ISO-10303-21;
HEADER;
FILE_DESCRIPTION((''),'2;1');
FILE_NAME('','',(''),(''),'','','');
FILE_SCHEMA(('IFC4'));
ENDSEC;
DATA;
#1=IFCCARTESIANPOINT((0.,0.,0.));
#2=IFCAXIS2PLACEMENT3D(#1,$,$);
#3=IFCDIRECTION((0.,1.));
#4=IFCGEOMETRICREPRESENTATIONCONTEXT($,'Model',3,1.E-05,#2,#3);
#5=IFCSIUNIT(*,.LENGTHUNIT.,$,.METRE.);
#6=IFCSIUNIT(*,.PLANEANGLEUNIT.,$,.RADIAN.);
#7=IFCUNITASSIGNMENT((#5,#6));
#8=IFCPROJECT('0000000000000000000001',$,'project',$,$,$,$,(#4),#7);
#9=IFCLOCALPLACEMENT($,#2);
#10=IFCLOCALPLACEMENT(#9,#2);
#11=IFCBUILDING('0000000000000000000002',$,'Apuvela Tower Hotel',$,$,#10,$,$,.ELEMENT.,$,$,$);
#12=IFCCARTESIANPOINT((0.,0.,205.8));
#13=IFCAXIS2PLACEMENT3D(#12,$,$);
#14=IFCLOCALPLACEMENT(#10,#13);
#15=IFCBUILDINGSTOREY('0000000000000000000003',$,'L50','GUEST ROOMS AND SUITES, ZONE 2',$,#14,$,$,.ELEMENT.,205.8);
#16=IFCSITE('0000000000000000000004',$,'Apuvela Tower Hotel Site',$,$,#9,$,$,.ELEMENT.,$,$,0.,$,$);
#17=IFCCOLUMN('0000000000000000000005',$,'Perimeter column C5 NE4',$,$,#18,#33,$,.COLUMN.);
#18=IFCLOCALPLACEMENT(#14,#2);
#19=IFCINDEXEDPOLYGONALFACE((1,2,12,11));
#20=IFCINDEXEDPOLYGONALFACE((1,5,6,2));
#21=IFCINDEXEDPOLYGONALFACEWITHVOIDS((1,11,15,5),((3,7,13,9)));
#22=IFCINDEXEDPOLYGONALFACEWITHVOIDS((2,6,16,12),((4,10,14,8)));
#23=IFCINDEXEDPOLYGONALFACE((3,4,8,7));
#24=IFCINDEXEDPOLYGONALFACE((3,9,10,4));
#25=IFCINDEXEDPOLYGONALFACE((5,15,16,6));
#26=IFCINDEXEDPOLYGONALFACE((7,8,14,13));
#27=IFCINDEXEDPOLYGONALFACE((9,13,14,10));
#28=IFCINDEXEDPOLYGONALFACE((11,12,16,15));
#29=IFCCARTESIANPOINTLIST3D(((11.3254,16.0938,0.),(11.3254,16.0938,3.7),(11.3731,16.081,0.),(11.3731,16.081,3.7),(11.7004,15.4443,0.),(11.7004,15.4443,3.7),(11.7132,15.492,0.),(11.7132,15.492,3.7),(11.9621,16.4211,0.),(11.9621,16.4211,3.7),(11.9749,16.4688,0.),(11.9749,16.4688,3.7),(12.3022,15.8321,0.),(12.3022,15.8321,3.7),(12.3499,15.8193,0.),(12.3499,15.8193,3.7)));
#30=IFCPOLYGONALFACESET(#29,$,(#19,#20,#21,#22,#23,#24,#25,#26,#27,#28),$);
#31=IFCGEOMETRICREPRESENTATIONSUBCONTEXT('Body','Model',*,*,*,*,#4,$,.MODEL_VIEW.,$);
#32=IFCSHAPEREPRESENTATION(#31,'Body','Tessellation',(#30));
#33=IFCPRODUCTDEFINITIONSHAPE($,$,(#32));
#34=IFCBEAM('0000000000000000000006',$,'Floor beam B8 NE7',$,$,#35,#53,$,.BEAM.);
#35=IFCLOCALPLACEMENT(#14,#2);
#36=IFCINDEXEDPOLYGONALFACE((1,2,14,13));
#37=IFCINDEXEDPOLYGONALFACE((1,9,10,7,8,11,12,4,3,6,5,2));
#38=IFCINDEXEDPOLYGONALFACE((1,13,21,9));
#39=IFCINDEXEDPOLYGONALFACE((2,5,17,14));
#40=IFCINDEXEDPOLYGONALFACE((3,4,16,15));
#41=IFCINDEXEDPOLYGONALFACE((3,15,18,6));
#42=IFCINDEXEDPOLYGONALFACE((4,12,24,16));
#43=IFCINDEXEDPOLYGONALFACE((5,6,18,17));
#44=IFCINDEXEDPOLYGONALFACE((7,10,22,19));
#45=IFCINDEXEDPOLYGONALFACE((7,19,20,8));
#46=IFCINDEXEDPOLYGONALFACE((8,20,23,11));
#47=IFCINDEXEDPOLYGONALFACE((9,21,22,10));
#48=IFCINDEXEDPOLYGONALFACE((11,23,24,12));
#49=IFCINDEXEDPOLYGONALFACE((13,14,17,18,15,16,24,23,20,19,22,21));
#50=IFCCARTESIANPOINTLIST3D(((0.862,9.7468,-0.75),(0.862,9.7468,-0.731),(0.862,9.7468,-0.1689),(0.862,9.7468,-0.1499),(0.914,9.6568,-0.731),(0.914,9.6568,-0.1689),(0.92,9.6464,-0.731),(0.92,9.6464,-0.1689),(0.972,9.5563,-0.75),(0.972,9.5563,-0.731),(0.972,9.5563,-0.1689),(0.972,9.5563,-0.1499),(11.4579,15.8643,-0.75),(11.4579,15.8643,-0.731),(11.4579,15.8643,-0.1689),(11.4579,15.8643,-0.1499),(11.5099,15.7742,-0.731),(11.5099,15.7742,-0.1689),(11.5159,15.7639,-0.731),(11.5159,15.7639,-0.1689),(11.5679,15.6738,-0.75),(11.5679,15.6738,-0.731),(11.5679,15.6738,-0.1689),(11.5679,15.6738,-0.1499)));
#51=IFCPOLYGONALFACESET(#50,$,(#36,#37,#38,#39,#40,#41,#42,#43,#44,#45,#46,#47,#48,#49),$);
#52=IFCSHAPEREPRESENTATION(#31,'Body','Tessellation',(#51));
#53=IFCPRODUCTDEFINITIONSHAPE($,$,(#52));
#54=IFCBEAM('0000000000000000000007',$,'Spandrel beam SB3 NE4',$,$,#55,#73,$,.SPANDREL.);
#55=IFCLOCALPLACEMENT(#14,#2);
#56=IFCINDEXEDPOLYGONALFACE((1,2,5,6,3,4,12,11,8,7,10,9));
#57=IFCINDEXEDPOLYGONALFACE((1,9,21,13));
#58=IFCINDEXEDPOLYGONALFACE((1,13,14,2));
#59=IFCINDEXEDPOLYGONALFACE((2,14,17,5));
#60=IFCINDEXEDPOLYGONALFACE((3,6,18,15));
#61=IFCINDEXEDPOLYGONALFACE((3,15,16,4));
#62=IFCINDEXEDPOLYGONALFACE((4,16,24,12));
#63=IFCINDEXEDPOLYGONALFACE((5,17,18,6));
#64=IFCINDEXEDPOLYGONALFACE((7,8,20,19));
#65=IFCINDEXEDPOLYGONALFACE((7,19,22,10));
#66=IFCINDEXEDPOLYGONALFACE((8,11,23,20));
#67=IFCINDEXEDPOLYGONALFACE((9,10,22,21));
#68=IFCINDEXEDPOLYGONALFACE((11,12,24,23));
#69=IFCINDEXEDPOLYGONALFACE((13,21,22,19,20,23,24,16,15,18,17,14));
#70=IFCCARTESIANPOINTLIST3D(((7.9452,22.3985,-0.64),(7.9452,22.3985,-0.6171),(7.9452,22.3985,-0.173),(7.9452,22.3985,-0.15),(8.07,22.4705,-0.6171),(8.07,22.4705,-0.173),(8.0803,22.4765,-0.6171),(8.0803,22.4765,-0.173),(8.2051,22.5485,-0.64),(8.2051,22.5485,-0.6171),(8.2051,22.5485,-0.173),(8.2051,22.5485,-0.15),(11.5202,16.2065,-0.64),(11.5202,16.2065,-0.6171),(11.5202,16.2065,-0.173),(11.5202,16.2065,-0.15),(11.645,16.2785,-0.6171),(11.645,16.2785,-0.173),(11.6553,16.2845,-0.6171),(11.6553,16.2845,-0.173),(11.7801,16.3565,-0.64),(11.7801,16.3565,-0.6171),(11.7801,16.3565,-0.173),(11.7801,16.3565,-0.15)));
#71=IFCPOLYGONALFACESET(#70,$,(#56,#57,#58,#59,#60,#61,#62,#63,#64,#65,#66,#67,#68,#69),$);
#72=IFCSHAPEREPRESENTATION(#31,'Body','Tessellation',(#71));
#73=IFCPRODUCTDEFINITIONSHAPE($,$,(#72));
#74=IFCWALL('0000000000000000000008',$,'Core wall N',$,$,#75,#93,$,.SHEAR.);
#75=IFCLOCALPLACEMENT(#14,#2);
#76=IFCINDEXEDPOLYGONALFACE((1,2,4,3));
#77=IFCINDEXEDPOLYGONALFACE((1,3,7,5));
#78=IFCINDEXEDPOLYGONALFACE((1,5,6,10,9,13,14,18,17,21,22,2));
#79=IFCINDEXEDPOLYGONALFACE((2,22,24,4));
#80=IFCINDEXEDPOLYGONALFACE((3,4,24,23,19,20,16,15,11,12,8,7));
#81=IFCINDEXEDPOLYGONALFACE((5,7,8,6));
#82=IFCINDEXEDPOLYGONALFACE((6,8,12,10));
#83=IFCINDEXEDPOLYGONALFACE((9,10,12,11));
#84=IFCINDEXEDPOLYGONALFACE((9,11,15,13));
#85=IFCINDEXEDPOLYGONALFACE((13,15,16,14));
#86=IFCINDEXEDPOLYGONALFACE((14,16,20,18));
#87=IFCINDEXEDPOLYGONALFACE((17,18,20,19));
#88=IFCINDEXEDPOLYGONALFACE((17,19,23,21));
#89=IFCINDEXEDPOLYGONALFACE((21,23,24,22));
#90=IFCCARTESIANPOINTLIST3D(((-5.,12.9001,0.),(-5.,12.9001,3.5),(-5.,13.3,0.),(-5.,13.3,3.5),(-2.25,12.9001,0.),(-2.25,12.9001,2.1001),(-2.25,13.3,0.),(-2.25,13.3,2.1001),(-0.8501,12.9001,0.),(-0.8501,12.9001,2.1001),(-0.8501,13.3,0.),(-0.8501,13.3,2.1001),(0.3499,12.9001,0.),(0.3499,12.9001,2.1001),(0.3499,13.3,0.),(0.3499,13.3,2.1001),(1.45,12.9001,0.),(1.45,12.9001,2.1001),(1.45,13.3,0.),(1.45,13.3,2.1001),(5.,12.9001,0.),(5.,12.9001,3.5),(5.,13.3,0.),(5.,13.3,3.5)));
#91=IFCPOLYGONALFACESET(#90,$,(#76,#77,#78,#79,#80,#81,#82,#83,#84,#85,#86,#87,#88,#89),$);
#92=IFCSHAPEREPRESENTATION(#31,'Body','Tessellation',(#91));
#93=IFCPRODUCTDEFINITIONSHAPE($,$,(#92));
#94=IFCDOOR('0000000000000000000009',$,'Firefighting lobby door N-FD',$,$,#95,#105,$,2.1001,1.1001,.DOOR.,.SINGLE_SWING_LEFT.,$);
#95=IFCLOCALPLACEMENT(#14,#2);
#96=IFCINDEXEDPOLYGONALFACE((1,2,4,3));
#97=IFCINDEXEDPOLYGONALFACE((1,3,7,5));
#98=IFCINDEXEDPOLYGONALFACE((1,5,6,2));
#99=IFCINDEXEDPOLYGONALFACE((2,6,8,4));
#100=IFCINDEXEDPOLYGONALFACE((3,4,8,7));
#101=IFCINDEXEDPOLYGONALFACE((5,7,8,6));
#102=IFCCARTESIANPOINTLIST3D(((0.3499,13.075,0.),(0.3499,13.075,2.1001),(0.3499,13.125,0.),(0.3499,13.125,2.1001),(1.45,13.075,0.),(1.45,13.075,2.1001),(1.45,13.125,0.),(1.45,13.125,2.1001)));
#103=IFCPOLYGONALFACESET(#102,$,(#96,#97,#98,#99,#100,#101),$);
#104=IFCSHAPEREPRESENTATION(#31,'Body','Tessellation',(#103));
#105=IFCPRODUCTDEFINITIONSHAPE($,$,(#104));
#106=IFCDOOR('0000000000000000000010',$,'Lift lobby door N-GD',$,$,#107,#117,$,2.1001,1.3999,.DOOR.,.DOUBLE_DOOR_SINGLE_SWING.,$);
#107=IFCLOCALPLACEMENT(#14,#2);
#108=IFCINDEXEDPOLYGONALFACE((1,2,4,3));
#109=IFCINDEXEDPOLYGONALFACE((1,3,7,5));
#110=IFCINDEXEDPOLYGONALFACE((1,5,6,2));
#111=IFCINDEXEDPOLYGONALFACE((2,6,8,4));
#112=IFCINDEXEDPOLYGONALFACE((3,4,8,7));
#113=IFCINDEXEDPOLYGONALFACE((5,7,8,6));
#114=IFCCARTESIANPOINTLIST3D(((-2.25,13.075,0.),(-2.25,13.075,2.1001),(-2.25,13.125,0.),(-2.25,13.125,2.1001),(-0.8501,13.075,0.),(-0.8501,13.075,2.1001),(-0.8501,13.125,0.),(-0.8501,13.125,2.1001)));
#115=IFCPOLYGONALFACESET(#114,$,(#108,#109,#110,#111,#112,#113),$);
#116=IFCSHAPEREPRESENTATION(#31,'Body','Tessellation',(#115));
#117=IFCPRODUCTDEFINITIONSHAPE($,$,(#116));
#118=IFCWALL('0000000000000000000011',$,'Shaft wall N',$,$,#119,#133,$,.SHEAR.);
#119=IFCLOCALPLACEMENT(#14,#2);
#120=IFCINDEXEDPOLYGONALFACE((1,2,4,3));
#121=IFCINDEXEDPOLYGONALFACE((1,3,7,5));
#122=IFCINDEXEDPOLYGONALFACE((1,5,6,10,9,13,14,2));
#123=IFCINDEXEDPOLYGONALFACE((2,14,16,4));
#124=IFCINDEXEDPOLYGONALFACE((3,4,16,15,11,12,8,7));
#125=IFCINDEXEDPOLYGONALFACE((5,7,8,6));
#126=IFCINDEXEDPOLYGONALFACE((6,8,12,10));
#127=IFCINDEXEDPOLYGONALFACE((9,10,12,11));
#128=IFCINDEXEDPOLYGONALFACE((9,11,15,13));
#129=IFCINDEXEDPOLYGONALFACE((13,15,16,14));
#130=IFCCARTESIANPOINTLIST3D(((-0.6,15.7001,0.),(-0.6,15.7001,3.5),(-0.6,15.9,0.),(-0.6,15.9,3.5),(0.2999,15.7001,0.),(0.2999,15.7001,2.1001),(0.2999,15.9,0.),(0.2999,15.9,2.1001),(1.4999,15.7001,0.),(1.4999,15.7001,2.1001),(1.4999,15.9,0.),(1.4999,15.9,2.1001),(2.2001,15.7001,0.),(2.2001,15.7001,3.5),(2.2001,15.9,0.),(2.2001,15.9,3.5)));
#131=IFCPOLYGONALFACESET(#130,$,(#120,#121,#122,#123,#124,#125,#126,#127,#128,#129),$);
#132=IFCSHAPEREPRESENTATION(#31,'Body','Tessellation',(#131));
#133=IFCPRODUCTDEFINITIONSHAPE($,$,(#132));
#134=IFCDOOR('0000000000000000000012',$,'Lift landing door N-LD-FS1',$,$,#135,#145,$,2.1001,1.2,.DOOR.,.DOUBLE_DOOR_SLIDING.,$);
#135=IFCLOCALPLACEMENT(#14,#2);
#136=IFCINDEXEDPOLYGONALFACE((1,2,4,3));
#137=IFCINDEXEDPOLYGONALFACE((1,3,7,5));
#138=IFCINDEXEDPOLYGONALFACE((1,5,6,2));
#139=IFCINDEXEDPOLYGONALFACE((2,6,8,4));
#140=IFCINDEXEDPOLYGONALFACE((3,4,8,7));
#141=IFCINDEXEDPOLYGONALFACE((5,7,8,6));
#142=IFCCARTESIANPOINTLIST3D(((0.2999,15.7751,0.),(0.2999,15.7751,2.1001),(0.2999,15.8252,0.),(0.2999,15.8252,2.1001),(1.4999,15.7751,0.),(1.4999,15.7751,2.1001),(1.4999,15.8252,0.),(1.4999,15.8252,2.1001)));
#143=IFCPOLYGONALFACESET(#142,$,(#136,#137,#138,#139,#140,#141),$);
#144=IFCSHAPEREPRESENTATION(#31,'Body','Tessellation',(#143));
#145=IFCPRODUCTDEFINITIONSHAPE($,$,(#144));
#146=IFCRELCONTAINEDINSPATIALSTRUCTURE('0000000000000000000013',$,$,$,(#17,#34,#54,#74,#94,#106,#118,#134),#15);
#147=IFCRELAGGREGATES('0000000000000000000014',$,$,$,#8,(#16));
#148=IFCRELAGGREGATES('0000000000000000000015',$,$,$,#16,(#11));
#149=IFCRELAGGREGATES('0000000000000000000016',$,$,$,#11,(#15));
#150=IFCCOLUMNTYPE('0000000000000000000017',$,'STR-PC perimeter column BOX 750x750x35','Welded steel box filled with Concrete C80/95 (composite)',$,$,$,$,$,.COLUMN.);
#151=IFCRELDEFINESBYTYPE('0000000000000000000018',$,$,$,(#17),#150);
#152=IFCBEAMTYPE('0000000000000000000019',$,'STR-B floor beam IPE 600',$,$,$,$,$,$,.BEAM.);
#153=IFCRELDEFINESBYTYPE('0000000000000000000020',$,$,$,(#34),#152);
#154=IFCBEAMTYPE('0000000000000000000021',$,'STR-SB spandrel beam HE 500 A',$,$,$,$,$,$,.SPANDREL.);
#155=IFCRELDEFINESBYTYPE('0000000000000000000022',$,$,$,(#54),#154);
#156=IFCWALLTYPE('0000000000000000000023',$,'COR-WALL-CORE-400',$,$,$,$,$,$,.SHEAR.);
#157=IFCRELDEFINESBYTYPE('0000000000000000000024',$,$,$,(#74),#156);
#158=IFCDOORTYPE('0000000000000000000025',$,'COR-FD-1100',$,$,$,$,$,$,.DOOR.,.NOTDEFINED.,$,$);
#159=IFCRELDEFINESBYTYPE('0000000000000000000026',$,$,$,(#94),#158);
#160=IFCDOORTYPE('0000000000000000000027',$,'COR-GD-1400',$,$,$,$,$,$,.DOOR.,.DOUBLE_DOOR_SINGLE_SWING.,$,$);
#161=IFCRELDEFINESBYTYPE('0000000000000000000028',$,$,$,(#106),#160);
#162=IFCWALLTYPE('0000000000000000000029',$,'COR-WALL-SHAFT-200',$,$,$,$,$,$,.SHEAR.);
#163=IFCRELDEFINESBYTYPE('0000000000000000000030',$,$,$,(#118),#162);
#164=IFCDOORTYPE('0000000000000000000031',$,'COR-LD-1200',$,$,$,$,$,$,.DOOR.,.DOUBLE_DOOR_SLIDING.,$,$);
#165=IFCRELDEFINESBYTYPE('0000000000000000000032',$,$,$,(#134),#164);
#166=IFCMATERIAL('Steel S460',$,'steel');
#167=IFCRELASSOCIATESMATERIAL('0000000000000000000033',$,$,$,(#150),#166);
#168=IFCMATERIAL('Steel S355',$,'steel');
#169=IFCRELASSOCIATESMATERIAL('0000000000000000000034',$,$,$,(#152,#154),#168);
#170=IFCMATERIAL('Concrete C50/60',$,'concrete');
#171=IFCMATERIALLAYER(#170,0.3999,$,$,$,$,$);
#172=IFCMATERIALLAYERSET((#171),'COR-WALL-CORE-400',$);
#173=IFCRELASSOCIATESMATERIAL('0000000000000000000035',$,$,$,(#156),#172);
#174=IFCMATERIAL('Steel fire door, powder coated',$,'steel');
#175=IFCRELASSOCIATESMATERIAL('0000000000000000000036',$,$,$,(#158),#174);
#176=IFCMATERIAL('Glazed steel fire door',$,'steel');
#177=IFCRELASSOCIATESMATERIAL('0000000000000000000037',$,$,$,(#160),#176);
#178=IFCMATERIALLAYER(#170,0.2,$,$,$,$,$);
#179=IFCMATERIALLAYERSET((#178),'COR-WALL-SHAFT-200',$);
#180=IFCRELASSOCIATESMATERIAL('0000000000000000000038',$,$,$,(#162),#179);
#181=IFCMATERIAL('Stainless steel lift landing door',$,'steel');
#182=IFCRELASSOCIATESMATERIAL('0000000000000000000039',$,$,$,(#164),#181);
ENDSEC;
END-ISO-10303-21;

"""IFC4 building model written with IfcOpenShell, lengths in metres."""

from ifc_helpers import new_model, si_unit, direction, frame, frame_2d, origin, origin_2d, place, context, subcontext, project, spatial, rectangle, hollow_rectangle, i_section, extrude, material, layer, layer_set, material_profile, profile_set, type_object, element, fill, save


model = new_model("IFC4")

# Units and contexts
model_context = context("Model", 3, precision=1e-05, world=origin(), true_north=direction((0.0, 1.0)))
body_context = subcontext(model_context, "Body", "Model", "MODEL_VIEW")
ifc_project = project(units=[si_unit("LENGTHUNIT", "METRE"), si_unit("PLANEANGLEUNIT", "RADIAN")], contexts=[model_context])

# Site, building, storey
site_placement = place(None, origin())
site = spatial("IfcSite", under=ifc_project, at=site_placement, Name="Apuvela Tower Hotel Site", CompositionType="ELEMENT", RefElevation=0.0)
building_placement = place(site_placement, origin())
building = spatial("IfcBuilding", under=site, at=building_placement, Name="Apuvela Tower Hotel", CompositionType="ELEMENT")
storey_placement = place(building_placement, frame((0.0, 0.0, 205.8)))
storey = spatial("IfcBuildingStorey", under=building, at=storey_placement, Name="L50", Description="GUEST ROOMS AND SUITES, ZONE 2", CompositionType="ELEMENT", Elevation=205.8)

# Column
ifc_material_1 = material(Name="Steel S460", Category="steel")
ifc_material_profile_1 = material_profile(ifc_material_1, hollow_rectangle(XDim=0.75, YDim=0.75, WallThickness=0.0349, at=origin_2d()), Name="BOX 750x750x35")
ifc_material_2 = material(Name="Concrete C80/95", Category="concrete")
ifc_material_profile_2 = material_profile(ifc_material_2, rectangle(XDim=0.6799, YDim=0.6799, at=origin_2d()), Name="Concrete C80/95 infill")
ifc_profile_set_1 = profile_set([ifc_material_profile_1, ifc_material_profile_2], Name="Steel S460")
column_type = type_object("IfcColumnType", Name="STR-PC perimeter column BOX 750x750x35", Description="Welded steel box filled with Concrete C80/95 (composite)", PredefinedType="COLUMN", material=ifc_profile_set_1)
column_placement = place(storey_placement, frame((11.8376, 15.9565, 0.0), z_axis=(0.0, 0.0, 1.0), x_axis=(-0.5, 0.866025, 0.0)))
element("IfcColumn", 1, at=column_placement, inside=storey, type_object=column_type, Name="Perimeter column C5 NE4", PredefinedType="COLUMN", context=body_context, shape_type="SweptSolid", body=[
    extrude(hollow_rectangle(XDim=0.75, YDim=0.75, WallThickness=0.0349, at=origin_2d()), origin(), (0.0, 0.0, 1.0), 3.7),
])

# Beams
ifc_material_3 = material(Name="Steel S355", Category="steel")
ifc_material_profile_3 = material_profile(ifc_material_3, i_section(OverallWidth=0.22, OverallDepth=0.6001, WebThickness=0.012, FlangeThickness=0.019, at=origin_2d()), Name="IPE 600")
ifc_profile_set_2 = profile_set([ifc_material_profile_3], Name="Steel S355")
beam_type_1 = type_object("IfcBeamType", Name="STR-B floor beam IPE 600", PredefinedType="BEAM", material=ifc_profile_set_2)
beam_1_placement = place(storey_placement, frame((11.5129, 15.769, -0.45), z_axis=(-0.86603, -0.499991, 0.0), x_axis=(0.499991, -0.86603, 0.0)))
element("IfcBeam", 2, at=beam_1_placement, inside=storey, type_object=beam_type_1, Name="Floor beam B8 NE7", PredefinedType="BEAM", context=body_context, shape_type="SweptSolid", body=[
    extrude(i_section(OverallWidth=0.22, OverallDepth=0.6001, WebThickness=0.012, FlangeThickness=0.019, at=origin_2d()), origin(), (0.0, 0.0, 1.0), 12.2351),
])
ifc_material_profile_4 = material_profile(ifc_material_3, i_section(OverallWidth=0.3, OverallDepth=0.49, WebThickness=0.012, FlangeThickness=0.0229, at=origin_2d()), Name="HE 500 A")
ifc_profile_set_3 = profile_set([ifc_material_profile_4], Name="Steel S355")
beam_type_2 = type_object("IfcBeamType", Name="STR-SB spandrel beam HE 500 A", PredefinedType="SPANDREL", material=ifc_profile_set_3)
beam_2_placement = place(storey_placement, frame((11.6501, 16.2815, -0.395), z_axis=(-0.500006, 0.866022, 0.0), x_axis=(-0.866022, -0.500006, 0.0)))
element("IfcBeam", 3, at=beam_2_placement, inside=storey, type_object=beam_type_2, Name="Spandrel beam SB3 NE4", PredefinedType="SPANDREL", context=body_context, shape_type="SweptSolid", body=[
    extrude(i_section(OverallWidth=0.3, OverallDepth=0.49, WebThickness=0.012, FlangeThickness=0.0229, at=origin_2d()), origin(), (0.0, 0.0, 1.0), 7.1499),
])

# Wall, openings, doors
ifc_material_4 = material(Name="Concrete C50/60", Category="concrete")
ifc_layer_1 = layer(ifc_material_4, 0.3999)
ifc_layer_set_1 = layer_set([ifc_layer_1], Name="COR-WALL-CORE-400")
wall_type_1 = type_object("IfcWallType", Name="COR-WALL-CORE-400", PredefinedType="SHEAR", material=ifc_layer_set_1)
wall_1_placement = place(storey_placement, frame((5.0, 13.1001, 0.0), z_axis=(0.0, 0.0, 1.0), x_axis=(-1.0, 0.0, 0.0)))
wall_1 = element("IfcWall", 4, at=wall_1_placement, inside=storey, type_object=wall_type_1, Name="Core wall N", PredefinedType="SHEAR", context=body_context, shape_type="SweptSolid", body=[
    extrude(rectangle(XDim=10.0, YDim=0.3999, at=frame_2d((5.0, 0.0))), origin(), (0.0, 0.0, 1.0), 3.5),
])
opening_1_placement = place(wall_1_placement, frame((3.55, 0.0, 0.0)))
opening_1 = element("IfcOpeningElement", 5, at=opening_1_placement, cuts=wall_1, PredefinedType="OPENING", context=body_context, shape_type="SweptSolid", body=[
    extrude(rectangle(XDim=1.1001, YDim=2.1001, at=frame_2d((0.55, 1.05))), frame((0.0, 0.21, 0.0), z_axis=(0.0, -1.0, 0.0), x_axis=(1.0, 0.0, 0.0)), (0.0, 0.0, 1.0), 0.4199),
])
opening_2_placement = place(wall_1_placement, frame((5.8501, 0.0, 0.0)))
opening_2 = element("IfcOpeningElement", 6, at=opening_2_placement, cuts=wall_1, PredefinedType="OPENING", context=body_context, shape_type="SweptSolid", body=[
    extrude(rectangle(XDim=1.3999, YDim=2.1001, at=frame_2d((0.7, 1.05))), frame((0.0, 0.21, 0.0), z_axis=(0.0, -1.0, 0.0), x_axis=(1.0, 0.0, 0.0)), (0.0, 0.0, 1.0), 0.4199),
])
ifc_material_5 = material(Name="Steel fire door, powder coated", Category="steel")
door_type_1 = type_object("IfcDoorType", Name="COR-FD-1100", OperationType="NOTDEFINED", PredefinedType="DOOR", material=ifc_material_5)
door_1_placement = place(opening_1_placement, frame((1.1001, 0.0, 0.0), z_axis=(0.0, 0.0, 1.0), x_axis=(-1.0, 0.0, 0.0)))
door_1 = element("IfcDoor", 7, at=door_1_placement, inside=storey, type_object=door_type_1, Name="Firefighting lobby door N-FD", OperationType="SINGLE_SWING_LEFT", OverallHeight=2.1001, OverallWidth=1.1001, PredefinedType="DOOR", context=body_context, shape_type="SweptSolid", body=[
    extrude(rectangle(XDim=1.1001, YDim=2.1001, at=frame_2d((0.55, 1.05))), frame((0.0, 0.0249, 0.0), z_axis=(0.0, -1.0, 0.0), x_axis=(1.0, 0.0, 0.0)), (0.0, 0.0, 1.0), 0.05),
])
fill(opening_1, door_1)
ifc_material_6 = material(Name="Glazed steel fire door", Category="steel")
door_type_2 = type_object("IfcDoorType", Name="COR-GD-1400", OperationType="DOUBLE_DOOR_SINGLE_SWING", PredefinedType="DOOR", material=ifc_material_6)
door_2_placement = place(opening_2_placement, frame((1.3999, 0.0, 0.0), z_axis=(0.0, 0.0, 1.0), x_axis=(-1.0, 0.0, 0.0)))
door_2 = element("IfcDoor", 8, at=door_2_placement, inside=storey, type_object=door_type_2, Name="Lift lobby door N-GD", OperationType="DOUBLE_DOOR_SINGLE_SWING", OverallHeight=2.1001, OverallWidth=1.3999, PredefinedType="DOOR", context=body_context, shape_type="SweptSolid", body=[
    extrude(rectangle(XDim=1.3999, YDim=2.1001, at=frame_2d((0.7, 1.05))), frame((0.0, 0.0249, 0.0), z_axis=(0.0, -1.0, 0.0), x_axis=(1.0, 0.0, 0.0)), (0.0, 0.0, 1.0), 0.05),
])
fill(opening_2, door_2)

# Wall, opening, door
ifc_layer_2 = layer(ifc_material_4, 0.2)
ifc_layer_set_2 = layer_set([ifc_layer_2], Name="COR-WALL-SHAFT-200")
wall_type_2 = type_object("IfcWallType", Name="COR-WALL-SHAFT-200", PredefinedType="SHEAR", material=ifc_layer_set_2)
wall_2_placement = place(storey_placement, frame((2.2, 15.8, 0.0), z_axis=(0.0, 0.0, 1.0), x_axis=(-1.0, 0.0, 0.0)))
wall_2 = element("IfcWall", 9, at=wall_2_placement, inside=storey, type_object=wall_type_2, Name="Shaft wall N", PredefinedType="SHEAR", context=body_context, shape_type="SweptSolid", body=[
    extrude(rectangle(XDim=2.8, YDim=0.2, at=frame_2d((1.3999, 0.0))), origin(), (0.0, 0.0, 1.0), 3.5),
])
opening_3_placement = place(wall_2_placement, frame((0.7, 0.0, 0.0)))
opening_3 = element("IfcOpeningElement", 10, at=opening_3_placement, cuts=wall_2, PredefinedType="OPENING", context=body_context, shape_type="SweptSolid", body=[
    extrude(rectangle(XDim=1.2, YDim=2.1001, at=frame_2d((0.6001, 1.05))), frame((0.0, 0.1099, 0.0), z_axis=(0.0, -1.0, 0.0), x_axis=(1.0, 0.0, 0.0)), (0.0, 0.0, 1.0), 0.22),
])
ifc_material_7 = material(Name="Stainless steel lift landing door", Category="steel")
door_type_3 = type_object("IfcDoorType", Name="COR-LD-1200", OperationType="DOUBLE_DOOR_SLIDING", PredefinedType="DOOR", material=ifc_material_7)
door_3_placement = place(opening_3_placement, origin())
door_3 = element("IfcDoor", 11, at=door_3_placement, inside=storey, type_object=door_type_3, Name="Lift landing door N-LD-FS1", OperationType="DOUBLE_DOOR_SLIDING", OverallHeight=2.1001, OverallWidth=1.2, PredefinedType="DOOR", context=body_context, shape_type="SweptSolid", body=[
    extrude(rectangle(XDim=1.2, YDim=2.1001, at=frame_2d((0.6001, 1.05))), frame((0.0, 0.0249, 0.0), z_axis=(0.0, -1.0, 0.0), x_axis=(1.0, 0.0, 0.0)), (0.0, 0.0, 1.0), 0.05),
])
fill(opening_3, door_3)

save(model, "model.ifc")
